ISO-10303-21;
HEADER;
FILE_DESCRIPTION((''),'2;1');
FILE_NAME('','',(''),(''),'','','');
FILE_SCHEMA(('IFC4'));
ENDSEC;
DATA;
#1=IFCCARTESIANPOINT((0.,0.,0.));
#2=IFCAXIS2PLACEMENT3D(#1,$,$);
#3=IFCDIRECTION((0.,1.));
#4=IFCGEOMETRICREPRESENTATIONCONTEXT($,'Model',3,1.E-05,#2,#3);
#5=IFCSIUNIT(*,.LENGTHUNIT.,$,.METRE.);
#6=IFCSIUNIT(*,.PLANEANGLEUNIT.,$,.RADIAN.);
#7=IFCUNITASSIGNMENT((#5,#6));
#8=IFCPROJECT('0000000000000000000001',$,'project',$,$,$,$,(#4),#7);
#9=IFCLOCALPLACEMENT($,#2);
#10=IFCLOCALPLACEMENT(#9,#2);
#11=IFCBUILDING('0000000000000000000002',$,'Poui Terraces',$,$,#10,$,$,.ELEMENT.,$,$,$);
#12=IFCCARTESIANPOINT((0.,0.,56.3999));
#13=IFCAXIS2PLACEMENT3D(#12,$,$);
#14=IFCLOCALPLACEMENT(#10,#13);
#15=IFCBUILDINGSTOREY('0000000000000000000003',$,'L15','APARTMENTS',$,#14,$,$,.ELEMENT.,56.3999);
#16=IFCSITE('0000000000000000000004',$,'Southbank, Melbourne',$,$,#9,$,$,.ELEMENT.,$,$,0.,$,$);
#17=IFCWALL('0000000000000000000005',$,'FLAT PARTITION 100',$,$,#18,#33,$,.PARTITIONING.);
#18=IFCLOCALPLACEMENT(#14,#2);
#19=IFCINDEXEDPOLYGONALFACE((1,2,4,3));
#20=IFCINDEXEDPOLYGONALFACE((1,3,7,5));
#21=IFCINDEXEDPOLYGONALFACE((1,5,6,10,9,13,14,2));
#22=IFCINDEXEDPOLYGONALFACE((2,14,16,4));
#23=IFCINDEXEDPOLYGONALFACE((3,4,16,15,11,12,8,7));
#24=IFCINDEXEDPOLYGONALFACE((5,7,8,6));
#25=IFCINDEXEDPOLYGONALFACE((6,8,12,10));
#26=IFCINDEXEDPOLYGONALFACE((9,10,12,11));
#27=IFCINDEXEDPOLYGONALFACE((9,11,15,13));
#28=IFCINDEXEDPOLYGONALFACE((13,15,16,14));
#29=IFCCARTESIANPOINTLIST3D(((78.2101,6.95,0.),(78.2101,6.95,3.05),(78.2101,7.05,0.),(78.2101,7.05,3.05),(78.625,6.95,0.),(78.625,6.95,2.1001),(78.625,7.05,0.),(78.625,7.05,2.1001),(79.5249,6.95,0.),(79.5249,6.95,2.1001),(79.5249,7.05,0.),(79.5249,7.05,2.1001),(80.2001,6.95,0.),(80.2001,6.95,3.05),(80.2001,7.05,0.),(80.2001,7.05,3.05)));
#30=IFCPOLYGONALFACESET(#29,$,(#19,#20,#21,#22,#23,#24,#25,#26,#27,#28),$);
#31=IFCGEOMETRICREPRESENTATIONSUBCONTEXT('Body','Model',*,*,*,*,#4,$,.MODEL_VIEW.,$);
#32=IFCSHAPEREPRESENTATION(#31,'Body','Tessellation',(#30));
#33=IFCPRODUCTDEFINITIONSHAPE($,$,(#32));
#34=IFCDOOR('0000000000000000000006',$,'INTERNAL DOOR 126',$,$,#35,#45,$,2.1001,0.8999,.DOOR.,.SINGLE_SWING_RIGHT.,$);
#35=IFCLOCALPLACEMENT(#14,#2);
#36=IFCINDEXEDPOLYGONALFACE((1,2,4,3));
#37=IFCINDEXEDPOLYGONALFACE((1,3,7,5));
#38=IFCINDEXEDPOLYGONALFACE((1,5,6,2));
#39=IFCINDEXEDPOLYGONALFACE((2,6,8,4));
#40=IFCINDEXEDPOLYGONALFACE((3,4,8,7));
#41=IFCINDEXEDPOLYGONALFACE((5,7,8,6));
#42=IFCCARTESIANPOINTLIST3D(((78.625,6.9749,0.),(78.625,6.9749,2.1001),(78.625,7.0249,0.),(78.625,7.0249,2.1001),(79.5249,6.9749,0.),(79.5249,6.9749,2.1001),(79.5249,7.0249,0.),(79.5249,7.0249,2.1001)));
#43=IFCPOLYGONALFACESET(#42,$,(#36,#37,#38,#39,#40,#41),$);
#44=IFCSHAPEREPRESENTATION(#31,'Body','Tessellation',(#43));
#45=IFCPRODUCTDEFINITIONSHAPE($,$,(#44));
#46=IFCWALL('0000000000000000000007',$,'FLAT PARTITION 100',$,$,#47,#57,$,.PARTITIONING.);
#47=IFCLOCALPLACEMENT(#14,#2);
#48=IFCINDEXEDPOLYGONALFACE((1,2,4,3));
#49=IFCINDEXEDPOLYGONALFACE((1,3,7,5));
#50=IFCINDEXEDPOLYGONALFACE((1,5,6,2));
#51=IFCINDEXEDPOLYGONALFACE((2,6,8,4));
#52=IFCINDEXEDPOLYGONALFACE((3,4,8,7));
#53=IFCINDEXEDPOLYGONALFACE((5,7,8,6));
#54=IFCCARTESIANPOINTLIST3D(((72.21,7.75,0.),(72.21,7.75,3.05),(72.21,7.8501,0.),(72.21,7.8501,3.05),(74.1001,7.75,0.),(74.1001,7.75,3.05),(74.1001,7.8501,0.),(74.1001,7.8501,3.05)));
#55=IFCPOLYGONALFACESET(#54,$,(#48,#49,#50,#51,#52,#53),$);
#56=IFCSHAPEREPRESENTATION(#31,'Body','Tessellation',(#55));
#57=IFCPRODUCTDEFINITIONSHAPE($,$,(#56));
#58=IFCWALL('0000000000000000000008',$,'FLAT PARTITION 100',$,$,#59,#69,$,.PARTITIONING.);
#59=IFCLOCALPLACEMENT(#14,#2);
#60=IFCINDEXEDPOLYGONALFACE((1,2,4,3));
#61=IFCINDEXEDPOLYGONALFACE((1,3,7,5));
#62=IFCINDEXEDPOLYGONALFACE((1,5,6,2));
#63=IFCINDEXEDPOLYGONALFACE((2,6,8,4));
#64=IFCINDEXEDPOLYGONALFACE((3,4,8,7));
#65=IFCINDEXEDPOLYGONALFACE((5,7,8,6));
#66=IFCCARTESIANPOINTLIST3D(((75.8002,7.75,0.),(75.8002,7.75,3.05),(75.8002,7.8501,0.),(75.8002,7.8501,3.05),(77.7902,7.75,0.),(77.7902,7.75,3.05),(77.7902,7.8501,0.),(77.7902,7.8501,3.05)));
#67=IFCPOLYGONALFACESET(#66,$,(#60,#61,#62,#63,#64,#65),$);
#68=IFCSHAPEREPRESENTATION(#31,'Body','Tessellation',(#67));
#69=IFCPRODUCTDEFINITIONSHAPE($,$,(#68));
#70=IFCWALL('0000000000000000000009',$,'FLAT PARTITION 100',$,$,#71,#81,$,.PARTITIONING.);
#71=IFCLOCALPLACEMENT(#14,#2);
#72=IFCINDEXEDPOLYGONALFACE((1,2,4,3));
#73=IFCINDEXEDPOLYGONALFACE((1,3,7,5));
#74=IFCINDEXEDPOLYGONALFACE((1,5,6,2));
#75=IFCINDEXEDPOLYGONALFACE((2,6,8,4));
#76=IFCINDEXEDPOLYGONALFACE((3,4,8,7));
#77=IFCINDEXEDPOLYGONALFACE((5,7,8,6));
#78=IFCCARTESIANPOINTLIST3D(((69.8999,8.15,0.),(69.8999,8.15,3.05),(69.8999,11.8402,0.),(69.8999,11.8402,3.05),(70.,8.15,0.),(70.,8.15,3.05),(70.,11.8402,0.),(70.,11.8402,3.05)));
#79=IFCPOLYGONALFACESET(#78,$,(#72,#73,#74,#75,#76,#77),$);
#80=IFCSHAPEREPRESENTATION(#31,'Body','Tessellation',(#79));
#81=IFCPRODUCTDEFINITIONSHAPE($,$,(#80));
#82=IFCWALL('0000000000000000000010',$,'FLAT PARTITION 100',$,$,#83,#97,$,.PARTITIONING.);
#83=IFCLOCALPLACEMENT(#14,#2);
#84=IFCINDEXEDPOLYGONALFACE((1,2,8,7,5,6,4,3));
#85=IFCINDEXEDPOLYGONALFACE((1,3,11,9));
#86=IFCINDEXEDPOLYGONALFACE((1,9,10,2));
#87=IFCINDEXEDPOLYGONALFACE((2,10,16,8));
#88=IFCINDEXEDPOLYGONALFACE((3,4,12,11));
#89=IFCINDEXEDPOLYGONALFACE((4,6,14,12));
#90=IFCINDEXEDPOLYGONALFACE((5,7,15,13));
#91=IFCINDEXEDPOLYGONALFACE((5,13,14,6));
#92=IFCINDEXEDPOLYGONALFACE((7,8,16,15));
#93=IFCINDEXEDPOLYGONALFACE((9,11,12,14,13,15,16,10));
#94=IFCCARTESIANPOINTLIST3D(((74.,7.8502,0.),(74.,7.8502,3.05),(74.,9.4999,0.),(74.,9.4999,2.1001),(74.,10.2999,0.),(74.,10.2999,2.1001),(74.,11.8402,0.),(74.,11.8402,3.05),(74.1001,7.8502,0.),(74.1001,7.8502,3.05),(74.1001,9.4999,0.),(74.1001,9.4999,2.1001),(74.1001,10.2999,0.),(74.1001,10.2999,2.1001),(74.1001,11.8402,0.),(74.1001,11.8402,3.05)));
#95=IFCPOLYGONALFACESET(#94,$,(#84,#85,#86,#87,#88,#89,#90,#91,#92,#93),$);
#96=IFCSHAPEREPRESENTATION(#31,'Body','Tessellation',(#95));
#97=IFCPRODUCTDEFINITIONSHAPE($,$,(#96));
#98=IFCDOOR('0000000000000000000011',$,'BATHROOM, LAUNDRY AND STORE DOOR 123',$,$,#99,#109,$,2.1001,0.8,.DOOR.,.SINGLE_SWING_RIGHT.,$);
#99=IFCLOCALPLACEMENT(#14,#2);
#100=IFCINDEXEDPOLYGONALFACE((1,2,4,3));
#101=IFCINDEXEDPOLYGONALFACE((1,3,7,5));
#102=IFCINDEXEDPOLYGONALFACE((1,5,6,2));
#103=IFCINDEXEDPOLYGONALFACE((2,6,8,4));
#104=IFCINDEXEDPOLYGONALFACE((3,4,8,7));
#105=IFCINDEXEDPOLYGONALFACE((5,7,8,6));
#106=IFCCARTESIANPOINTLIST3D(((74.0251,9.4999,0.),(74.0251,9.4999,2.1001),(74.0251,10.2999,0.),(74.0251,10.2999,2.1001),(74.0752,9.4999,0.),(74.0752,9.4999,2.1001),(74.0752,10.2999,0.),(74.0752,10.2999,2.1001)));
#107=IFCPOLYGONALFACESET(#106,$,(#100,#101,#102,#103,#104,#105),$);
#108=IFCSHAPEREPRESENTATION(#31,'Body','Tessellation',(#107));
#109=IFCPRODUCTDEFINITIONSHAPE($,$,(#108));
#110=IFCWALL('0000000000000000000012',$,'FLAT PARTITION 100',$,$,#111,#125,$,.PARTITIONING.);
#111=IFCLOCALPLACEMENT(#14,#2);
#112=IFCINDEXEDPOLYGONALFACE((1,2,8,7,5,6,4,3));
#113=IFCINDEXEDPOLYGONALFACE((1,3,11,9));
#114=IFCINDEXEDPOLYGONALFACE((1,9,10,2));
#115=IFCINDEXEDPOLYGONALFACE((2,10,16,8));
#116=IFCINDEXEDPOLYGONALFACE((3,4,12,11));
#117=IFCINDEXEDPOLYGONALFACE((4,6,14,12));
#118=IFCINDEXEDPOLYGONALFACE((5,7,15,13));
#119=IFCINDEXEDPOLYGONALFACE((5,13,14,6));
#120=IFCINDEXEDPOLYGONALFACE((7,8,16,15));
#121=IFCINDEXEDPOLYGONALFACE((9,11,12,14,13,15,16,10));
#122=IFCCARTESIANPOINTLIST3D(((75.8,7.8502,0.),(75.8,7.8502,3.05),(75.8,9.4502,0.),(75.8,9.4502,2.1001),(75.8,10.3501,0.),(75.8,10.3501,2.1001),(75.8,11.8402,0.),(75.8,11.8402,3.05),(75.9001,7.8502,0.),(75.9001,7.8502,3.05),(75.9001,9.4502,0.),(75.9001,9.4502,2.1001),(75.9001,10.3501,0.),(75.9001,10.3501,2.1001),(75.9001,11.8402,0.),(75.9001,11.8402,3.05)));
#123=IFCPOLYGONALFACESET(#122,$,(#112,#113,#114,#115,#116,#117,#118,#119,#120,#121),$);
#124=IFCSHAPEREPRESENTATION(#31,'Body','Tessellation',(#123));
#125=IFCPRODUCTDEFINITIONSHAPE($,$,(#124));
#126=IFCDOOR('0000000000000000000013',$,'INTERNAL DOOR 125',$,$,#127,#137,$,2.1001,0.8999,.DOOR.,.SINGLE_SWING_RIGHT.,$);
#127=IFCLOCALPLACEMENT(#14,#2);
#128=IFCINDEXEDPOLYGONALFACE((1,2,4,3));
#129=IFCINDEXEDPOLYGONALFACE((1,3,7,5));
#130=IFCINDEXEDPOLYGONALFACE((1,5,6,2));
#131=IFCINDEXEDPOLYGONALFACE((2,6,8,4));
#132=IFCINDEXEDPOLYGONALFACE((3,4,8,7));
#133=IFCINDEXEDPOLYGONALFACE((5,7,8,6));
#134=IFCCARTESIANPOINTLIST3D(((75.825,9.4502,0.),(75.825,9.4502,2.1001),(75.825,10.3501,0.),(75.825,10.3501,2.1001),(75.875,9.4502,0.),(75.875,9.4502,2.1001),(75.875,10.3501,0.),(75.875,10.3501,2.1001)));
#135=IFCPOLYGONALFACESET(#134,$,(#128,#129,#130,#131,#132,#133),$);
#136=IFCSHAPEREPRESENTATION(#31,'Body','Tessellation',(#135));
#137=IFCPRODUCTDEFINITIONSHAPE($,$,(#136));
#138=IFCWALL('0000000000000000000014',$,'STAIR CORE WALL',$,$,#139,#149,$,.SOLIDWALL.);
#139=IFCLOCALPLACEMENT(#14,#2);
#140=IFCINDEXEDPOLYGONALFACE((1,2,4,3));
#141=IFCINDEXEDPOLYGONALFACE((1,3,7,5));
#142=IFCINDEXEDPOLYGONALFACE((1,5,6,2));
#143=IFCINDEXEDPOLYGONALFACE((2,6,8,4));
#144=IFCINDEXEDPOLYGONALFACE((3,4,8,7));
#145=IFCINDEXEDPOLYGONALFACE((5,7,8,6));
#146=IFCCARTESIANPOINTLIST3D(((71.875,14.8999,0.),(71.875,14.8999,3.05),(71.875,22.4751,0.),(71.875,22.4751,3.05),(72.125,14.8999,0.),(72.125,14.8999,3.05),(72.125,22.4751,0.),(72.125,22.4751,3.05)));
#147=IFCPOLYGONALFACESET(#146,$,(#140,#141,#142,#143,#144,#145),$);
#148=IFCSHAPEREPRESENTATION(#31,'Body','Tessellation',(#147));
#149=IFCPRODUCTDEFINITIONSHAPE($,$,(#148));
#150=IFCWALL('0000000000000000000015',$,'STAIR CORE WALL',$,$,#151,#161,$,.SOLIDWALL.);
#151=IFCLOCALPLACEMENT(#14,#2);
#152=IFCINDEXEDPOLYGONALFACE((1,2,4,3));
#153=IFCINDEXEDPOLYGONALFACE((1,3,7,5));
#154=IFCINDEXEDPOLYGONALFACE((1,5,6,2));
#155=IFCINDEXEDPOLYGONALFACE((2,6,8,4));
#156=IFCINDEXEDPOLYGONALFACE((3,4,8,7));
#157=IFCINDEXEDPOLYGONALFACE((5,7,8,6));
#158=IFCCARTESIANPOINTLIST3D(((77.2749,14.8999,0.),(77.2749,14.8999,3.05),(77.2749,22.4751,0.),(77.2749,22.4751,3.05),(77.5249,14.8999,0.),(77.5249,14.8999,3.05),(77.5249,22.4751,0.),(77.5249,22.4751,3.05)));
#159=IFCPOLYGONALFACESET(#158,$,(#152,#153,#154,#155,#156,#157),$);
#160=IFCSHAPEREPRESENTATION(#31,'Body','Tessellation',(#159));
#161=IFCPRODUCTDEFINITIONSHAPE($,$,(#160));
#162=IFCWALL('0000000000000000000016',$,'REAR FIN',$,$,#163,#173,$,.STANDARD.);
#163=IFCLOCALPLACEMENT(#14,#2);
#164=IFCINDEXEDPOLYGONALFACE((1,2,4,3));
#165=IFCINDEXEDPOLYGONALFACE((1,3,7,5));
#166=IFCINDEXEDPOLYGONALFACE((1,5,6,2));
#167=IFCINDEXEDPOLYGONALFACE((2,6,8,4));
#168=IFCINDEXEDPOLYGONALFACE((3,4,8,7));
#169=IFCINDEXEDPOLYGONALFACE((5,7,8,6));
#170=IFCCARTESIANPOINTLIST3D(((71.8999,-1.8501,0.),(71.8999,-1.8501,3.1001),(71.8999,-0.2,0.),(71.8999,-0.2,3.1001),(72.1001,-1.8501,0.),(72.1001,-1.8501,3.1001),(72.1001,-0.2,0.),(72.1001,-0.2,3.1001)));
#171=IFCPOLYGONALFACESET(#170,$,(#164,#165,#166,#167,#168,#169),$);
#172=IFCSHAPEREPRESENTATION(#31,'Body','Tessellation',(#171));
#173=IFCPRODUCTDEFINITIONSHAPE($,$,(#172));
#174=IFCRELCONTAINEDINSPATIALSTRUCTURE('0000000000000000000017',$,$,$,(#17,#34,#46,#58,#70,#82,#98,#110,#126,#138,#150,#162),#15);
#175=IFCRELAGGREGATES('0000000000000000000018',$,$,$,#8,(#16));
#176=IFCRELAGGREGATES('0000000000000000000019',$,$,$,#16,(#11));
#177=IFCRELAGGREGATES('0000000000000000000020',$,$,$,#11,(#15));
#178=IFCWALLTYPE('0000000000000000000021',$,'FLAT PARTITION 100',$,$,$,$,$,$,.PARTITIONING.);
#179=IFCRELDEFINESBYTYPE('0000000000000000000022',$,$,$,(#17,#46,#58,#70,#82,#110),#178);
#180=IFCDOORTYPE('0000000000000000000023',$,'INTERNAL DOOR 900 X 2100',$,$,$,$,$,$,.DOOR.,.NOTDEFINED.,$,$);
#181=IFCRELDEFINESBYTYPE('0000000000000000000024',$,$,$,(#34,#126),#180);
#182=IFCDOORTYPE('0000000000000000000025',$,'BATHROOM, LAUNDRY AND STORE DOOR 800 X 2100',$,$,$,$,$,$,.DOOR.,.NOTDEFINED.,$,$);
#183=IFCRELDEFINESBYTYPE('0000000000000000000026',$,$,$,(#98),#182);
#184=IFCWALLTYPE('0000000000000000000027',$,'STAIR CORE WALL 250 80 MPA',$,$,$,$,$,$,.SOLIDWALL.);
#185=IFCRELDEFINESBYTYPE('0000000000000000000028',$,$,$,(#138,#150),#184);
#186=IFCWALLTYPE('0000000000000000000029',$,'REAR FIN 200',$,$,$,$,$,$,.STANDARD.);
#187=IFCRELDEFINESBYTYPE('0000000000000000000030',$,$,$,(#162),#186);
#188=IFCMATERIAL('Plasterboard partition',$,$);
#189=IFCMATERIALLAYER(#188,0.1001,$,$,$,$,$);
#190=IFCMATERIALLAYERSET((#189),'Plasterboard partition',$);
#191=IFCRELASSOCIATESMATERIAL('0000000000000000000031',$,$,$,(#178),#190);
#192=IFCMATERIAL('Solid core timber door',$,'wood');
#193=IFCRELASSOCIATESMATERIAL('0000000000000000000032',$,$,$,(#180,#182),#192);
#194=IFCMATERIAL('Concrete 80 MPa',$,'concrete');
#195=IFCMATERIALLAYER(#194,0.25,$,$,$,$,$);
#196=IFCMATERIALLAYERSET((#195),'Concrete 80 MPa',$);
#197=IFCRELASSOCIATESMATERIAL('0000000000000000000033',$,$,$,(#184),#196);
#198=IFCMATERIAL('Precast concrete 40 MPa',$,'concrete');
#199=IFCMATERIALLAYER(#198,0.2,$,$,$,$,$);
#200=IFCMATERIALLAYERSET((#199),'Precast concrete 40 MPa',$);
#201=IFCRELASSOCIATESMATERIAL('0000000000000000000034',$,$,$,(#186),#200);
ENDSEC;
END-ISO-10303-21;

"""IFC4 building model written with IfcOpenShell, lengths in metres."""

from ifc_helpers import new_model, si_unit, direction, frame, frame_2d, origin, place, context, subcontext, project, spatial, polyline, rectangle, outline, extrude, source, transform, mapped, material, layer, layer_set, type_object, element, fill, save


model = new_model("IFC4")

# Units and contexts
model_context = context("Model", 3, precision=1e-05, world=origin(), true_north=direction((0.0, 1.0)))
body_context = subcontext(model_context, "Body", "Model", "MODEL_VIEW")
ifc_project = project(units=[si_unit("LENGTHUNIT", "METRE"), si_unit("PLANEANGLEUNIT", "RADIAN")], contexts=[model_context])

# Site, building, storey
site_placement = place(None, origin())
site = spatial("IfcSite", under=ifc_project, at=site_placement, Name="Southbank, Melbourne", CompositionType="ELEMENT", RefElevation=0.0)
building_placement = place(site_placement, origin())
building = spatial("IfcBuilding", under=site, at=building_placement, Name="Poui Terraces", CompositionType="ELEMENT")
storey_placement = place(building_placement, frame((0.0, 0.0, 56.3999)))
storey = spatial("IfcBuildingStorey", under=building, at=storey_placement, Name="L15", Description="APARTMENTS", CompositionType="ELEMENT", Elevation=56.3999)

# Shared definitions
ifc_material_1 = material(Name="Concrete 80 MPa", Category="concrete")

# Shared definitions
ifc_material_2 = material(Name="Precast concrete 40 MPa", Category="concrete")

# Wall, opening, door
ifc_material_3 = material(Name="Plasterboard partition")
ifc_layer_1 = layer(ifc_material_3, 0.1001)
ifc_layer_set_1 = layer_set([ifc_layer_1], Name="Plasterboard partition")
wall_type_1 = type_object("IfcWallType", Name="FLAT PARTITION 100", PredefinedType="PARTITIONING", material=ifc_layer_set_1)
ifc_material_4 = material(Name="Solid core timber door", Category="wood")
door_type_1 = type_object("IfcDoorType", Name="INTERNAL DOOR 900 X 2100", OperationType="NOTDEFINED", PredefinedType="DOOR", material=ifc_material_4)
wall_1_placement = place(storey_placement, frame((78.21, 7.0, 0.0), z_axis=(0.0, 0.0, 1.0), x_axis=(1.0, 0.0, 0.0)))
wall_1 = element("IfcWall", 1, at=wall_1_placement, inside=storey, type_object=wall_type_1, Name="FLAT PARTITION 100", PredefinedType="PARTITIONING", context=body_context, shape_type="SweptSolid", body=[
    extrude(rectangle(XDim=1.99, YDim=0.1001, at=frame_2d((0.9951, 0.0))), origin(), (0.0, 0.0, 1.0), 3.05),
])
opening_1_placement = place(wall_1_placement, frame((0.415, 0.0, 0.0)))
opening_1 = element("IfcOpeningElement", 2, at=opening_1_placement, cuts=wall_1, PredefinedType="OPENING", context=body_context, shape_type="SweptSolid", body=[
    extrude(rectangle(XDim=0.8999, YDim=2.1001, at=frame_2d((0.45, 1.05))), frame((0.0, 0.0601, 0.0), z_axis=(0.0, -1.0, 0.0), x_axis=(1.0, 0.0, 0.0)), (0.0, 0.0, 1.0), 0.1201),
])
door_1_placement = place(opening_1_placement, origin())
door_1 = element("IfcDoor", 3, at=door_1_placement, inside=storey, type_object=door_type_1, Name="INTERNAL DOOR 126", OperationType="SINGLE_SWING_RIGHT", OverallHeight=2.1001, OverallWidth=0.8999, PredefinedType="DOOR", context=body_context, shape_type="SweptSolid", body=[
    extrude(rectangle(XDim=0.8999, YDim=2.1001, at=frame_2d((0.45, 1.05))), frame((0.0, 0.0249, 0.0), z_axis=(0.0, -1.0, 0.0), x_axis=(1.0, 0.0, 0.0)), (0.0, 0.0, 1.0), 0.05),
])
fill(opening_1, door_1)

# Walls
wall_2_placement = place(storey_placement, frame((72.21, 7.8, 0.0), z_axis=(0.0, 0.0, 1.0), x_axis=(1.0, 0.0, 0.0)))
element("IfcWall", 4, at=wall_2_placement, inside=storey, type_object=wall_type_1, Name="FLAT PARTITION 100", PredefinedType="PARTITIONING", context=body_context, shape_type="SweptSolid", body=[
    extrude(rectangle(XDim=1.8901, YDim=0.1001, at=frame_2d((0.9451, 0.0))), origin(), (0.0, 0.0, 1.0), 3.05),
])
wall_3_placement = place(storey_placement, frame((75.8, 7.8, 0.0), z_axis=(0.0, 0.0, 1.0), x_axis=(1.0, 0.0, 0.0)))
element("IfcWall", 5, at=wall_3_placement, inside=storey, type_object=wall_type_1, Name="FLAT PARTITION 100", PredefinedType="PARTITIONING", context=body_context, shape_type="SweptSolid", body=[
    extrude(rectangle(XDim=1.99, YDim=0.1001, at=frame_2d((0.9951, 0.0))), origin(), (0.0, 0.0, 1.0), 3.05),
])
wall_4_placement = place(storey_placement, frame((69.95, 8.1499, 0.0), z_axis=(0.0, 0.0, 1.0), x_axis=(0.0, 1.0, 0.0)))
element("IfcWall", 6, at=wall_4_placement, inside=storey, type_object=wall_type_1, Name="FLAT PARTITION 100", PredefinedType="PARTITIONING", context=body_context, shape_type="SweptSolid", body=[
    extrude(rectangle(XDim=3.6902, YDim=0.1001, at=frame_2d((1.8452, 0.0))), origin(), (0.0, 0.0, 1.0), 3.05),
])

# Walls, openings, doors
wall_5_placement = place(storey_placement, frame((74.05, 7.8501, 0.0), z_axis=(0.0, 0.0, 1.0), x_axis=(0.0, 1.0, 0.0)))
wall_5 = element("IfcWall", 7, at=wall_5_placement, inside=storey, type_object=wall_type_1, Name="FLAT PARTITION 100", PredefinedType="PARTITIONING", context=body_context, shape_type="SweptSolid", body=[
    extrude(rectangle(XDim=3.99, YDim=0.1001, at=frame_2d((1.9951, 0.0))), origin(), (0.0, 0.0, 1.0), 3.05),
])
opening_2_placement = place(wall_5_placement, frame((1.6499, 0.0, 0.0)))
opening_2 = element("IfcOpeningElement", 8, at=opening_2_placement, cuts=wall_5, PredefinedType="OPENING", context=body_context, shape_type="SweptSolid", body=[
    extrude(rectangle(XDim=0.8, YDim=2.1001, at=frame_2d((0.3999, 1.05))), frame((0.0, 0.0601, 0.0), z_axis=(0.0, -1.0, 0.0), x_axis=(1.0, 0.0, 0.0)), (0.0, 0.0, 1.0), 0.1201),
])
door_type_2 = type_object("IfcDoorType", Name="BATHROOM, LAUNDRY AND STORE DOOR 800 X 2100", OperationType="NOTDEFINED", PredefinedType="DOOR", material=ifc_material_4)
door_2_placement = place(opening_2_placement, origin())
door_2 = element("IfcDoor", 9, at=door_2_placement, inside=storey, type_object=door_type_2, Name="BATHROOM, LAUNDRY AND STORE DOOR 123", OperationType="SINGLE_SWING_RIGHT", OverallHeight=2.1001, OverallWidth=0.8, PredefinedType="DOOR", context=body_context, shape_type="SweptSolid", body=[
    extrude(rectangle(XDim=0.8, YDim=2.1001, at=frame_2d((0.3999, 1.05))), frame((0.0, 0.0249, 0.0), z_axis=(0.0, -1.0, 0.0), x_axis=(1.0, 0.0, 0.0)), (0.0, 0.0, 1.0), 0.05),
])
fill(opening_2, door_2)
wall_6_placement = place(storey_placement, frame((75.8501, 7.8501, 0.0), z_axis=(0.0, 0.0, 1.0), x_axis=(0.0, 1.0, 0.0)))
wall_6 = element("IfcWall", 10, at=wall_6_placement, inside=storey, type_object=wall_type_1, Name="FLAT PARTITION 100", PredefinedType="PARTITIONING", context=body_context, shape_type="SweptSolid", body=[
    extrude(rectangle(XDim=3.99, YDim=0.1001, at=frame_2d((1.9951, 0.0))), origin(), (0.0, 0.0, 1.0), 3.05),
])
opening_3_placement = place(wall_6_placement, frame((1.6001, 0.0, 0.0)))
opening_3 = element("IfcOpeningElement", 11, at=opening_3_placement, cuts=wall_6, PredefinedType="OPENING", context=body_context, shape_type="SweptSolid", body=[
    extrude(rectangle(XDim=0.8999, YDim=2.1001, at=frame_2d((0.45, 1.05))), frame((0.0, 0.0601, 0.0), z_axis=(0.0, -1.0, 0.0), x_axis=(1.0, 0.0, 0.0)), (0.0, 0.0, 1.0), 0.1201),
])
door_3_placement = place(opening_3_placement, frame((0.8999, 0.0, 0.0), z_axis=(0.0, 0.0, 1.0), x_axis=(-1.0, 0.0, 0.0)))
door_3 = element("IfcDoor", 12, at=door_3_placement, inside=storey, type_object=door_type_1, Name="INTERNAL DOOR 125", OperationType="SINGLE_SWING_RIGHT", OverallHeight=2.1001, OverallWidth=0.8999, PredefinedType="DOOR", context=body_context, shape_type="SweptSolid", body=[
    extrude(rectangle(XDim=0.8999, YDim=2.1001, at=frame_2d((0.45, 1.05))), frame((0.0, 0.0249, 0.0), z_axis=(0.0, -1.0, 0.0), x_axis=(1.0, 0.0, 0.0)), (0.0, 0.0, 1.0), 0.05),
])
fill(opening_3, door_3)

# Walls
ifc_layer_2 = layer(ifc_material_1, 0.25)
ifc_layer_set_2 = layer_set([ifc_layer_2], Name="Concrete 80 MPa")
wall_type_2 = type_object("IfcWallType", Name="STAIR CORE WALL 250 80 MPA", PredefinedType="SOLIDWALL", material=ifc_layer_set_2)
for number, where, z_axis, x_axis, name in (
    (13, (72.0, 14.8999, 0.0), (0.0, 0.0, 1.0), (0.0, 1.0, 0.0), "STAIR CORE WALL"),
    (14, (77.3999, 14.8999, 0.0), (0.0, 0.0, 1.0), (0.0, 1.0, 0.0), "STAIR CORE WALL"),
):
    element("IfcWall", number, at=place(storey_placement, frame(where, z_axis=z_axis, x_axis=x_axis)), inside=storey, type_object=wall_type_2, Name=name, PredefinedType="SOLIDWALL", context=body_context, shape_type="SweptSolid", body=[
        extrude(rectangle(XDim=7.5752, YDim=0.25, at=frame_2d((3.7876, 0.0))), origin(), (0.0, 0.0, 1.0), 3.05),
    ])
ifc_layer_3 = layer(ifc_material_2, 0.2)
ifc_layer_set_3 = layer_set([ifc_layer_3], Name="Precast concrete 40 MPa")
wall_type_3 = type_object("IfcWallType", Name="REAR FIN 200", PredefinedType="STANDARD", material=ifc_layer_set_3)
shared_shape_1 = source(origin(), body_context, "Body", "SweptSolid", [
    extrude(outline(polyline([(0.0, 0.0), (0.2002, 0.0), (0.2002, 1.6501), (0.0, 1.6501), (0.0, 0.0)])), origin(), (0.0, 0.0, 1.0), 3.1001),
])
for number, where, name in (
    (15, (71.8999, -1.8501, 0.0), "REAR FIN"),
):
    element("IfcWall", number, at=place(storey_placement, frame(where)), inside=storey, type_object=wall_type_3, Name=name, PredefinedType="STANDARD", context=body_context, shape_type="MappedRepresentation", body=[
        mapped(shared_shape_1, transform((0.0, 0.0, 0.0))),
    ])

save(model, "model.ifc")
